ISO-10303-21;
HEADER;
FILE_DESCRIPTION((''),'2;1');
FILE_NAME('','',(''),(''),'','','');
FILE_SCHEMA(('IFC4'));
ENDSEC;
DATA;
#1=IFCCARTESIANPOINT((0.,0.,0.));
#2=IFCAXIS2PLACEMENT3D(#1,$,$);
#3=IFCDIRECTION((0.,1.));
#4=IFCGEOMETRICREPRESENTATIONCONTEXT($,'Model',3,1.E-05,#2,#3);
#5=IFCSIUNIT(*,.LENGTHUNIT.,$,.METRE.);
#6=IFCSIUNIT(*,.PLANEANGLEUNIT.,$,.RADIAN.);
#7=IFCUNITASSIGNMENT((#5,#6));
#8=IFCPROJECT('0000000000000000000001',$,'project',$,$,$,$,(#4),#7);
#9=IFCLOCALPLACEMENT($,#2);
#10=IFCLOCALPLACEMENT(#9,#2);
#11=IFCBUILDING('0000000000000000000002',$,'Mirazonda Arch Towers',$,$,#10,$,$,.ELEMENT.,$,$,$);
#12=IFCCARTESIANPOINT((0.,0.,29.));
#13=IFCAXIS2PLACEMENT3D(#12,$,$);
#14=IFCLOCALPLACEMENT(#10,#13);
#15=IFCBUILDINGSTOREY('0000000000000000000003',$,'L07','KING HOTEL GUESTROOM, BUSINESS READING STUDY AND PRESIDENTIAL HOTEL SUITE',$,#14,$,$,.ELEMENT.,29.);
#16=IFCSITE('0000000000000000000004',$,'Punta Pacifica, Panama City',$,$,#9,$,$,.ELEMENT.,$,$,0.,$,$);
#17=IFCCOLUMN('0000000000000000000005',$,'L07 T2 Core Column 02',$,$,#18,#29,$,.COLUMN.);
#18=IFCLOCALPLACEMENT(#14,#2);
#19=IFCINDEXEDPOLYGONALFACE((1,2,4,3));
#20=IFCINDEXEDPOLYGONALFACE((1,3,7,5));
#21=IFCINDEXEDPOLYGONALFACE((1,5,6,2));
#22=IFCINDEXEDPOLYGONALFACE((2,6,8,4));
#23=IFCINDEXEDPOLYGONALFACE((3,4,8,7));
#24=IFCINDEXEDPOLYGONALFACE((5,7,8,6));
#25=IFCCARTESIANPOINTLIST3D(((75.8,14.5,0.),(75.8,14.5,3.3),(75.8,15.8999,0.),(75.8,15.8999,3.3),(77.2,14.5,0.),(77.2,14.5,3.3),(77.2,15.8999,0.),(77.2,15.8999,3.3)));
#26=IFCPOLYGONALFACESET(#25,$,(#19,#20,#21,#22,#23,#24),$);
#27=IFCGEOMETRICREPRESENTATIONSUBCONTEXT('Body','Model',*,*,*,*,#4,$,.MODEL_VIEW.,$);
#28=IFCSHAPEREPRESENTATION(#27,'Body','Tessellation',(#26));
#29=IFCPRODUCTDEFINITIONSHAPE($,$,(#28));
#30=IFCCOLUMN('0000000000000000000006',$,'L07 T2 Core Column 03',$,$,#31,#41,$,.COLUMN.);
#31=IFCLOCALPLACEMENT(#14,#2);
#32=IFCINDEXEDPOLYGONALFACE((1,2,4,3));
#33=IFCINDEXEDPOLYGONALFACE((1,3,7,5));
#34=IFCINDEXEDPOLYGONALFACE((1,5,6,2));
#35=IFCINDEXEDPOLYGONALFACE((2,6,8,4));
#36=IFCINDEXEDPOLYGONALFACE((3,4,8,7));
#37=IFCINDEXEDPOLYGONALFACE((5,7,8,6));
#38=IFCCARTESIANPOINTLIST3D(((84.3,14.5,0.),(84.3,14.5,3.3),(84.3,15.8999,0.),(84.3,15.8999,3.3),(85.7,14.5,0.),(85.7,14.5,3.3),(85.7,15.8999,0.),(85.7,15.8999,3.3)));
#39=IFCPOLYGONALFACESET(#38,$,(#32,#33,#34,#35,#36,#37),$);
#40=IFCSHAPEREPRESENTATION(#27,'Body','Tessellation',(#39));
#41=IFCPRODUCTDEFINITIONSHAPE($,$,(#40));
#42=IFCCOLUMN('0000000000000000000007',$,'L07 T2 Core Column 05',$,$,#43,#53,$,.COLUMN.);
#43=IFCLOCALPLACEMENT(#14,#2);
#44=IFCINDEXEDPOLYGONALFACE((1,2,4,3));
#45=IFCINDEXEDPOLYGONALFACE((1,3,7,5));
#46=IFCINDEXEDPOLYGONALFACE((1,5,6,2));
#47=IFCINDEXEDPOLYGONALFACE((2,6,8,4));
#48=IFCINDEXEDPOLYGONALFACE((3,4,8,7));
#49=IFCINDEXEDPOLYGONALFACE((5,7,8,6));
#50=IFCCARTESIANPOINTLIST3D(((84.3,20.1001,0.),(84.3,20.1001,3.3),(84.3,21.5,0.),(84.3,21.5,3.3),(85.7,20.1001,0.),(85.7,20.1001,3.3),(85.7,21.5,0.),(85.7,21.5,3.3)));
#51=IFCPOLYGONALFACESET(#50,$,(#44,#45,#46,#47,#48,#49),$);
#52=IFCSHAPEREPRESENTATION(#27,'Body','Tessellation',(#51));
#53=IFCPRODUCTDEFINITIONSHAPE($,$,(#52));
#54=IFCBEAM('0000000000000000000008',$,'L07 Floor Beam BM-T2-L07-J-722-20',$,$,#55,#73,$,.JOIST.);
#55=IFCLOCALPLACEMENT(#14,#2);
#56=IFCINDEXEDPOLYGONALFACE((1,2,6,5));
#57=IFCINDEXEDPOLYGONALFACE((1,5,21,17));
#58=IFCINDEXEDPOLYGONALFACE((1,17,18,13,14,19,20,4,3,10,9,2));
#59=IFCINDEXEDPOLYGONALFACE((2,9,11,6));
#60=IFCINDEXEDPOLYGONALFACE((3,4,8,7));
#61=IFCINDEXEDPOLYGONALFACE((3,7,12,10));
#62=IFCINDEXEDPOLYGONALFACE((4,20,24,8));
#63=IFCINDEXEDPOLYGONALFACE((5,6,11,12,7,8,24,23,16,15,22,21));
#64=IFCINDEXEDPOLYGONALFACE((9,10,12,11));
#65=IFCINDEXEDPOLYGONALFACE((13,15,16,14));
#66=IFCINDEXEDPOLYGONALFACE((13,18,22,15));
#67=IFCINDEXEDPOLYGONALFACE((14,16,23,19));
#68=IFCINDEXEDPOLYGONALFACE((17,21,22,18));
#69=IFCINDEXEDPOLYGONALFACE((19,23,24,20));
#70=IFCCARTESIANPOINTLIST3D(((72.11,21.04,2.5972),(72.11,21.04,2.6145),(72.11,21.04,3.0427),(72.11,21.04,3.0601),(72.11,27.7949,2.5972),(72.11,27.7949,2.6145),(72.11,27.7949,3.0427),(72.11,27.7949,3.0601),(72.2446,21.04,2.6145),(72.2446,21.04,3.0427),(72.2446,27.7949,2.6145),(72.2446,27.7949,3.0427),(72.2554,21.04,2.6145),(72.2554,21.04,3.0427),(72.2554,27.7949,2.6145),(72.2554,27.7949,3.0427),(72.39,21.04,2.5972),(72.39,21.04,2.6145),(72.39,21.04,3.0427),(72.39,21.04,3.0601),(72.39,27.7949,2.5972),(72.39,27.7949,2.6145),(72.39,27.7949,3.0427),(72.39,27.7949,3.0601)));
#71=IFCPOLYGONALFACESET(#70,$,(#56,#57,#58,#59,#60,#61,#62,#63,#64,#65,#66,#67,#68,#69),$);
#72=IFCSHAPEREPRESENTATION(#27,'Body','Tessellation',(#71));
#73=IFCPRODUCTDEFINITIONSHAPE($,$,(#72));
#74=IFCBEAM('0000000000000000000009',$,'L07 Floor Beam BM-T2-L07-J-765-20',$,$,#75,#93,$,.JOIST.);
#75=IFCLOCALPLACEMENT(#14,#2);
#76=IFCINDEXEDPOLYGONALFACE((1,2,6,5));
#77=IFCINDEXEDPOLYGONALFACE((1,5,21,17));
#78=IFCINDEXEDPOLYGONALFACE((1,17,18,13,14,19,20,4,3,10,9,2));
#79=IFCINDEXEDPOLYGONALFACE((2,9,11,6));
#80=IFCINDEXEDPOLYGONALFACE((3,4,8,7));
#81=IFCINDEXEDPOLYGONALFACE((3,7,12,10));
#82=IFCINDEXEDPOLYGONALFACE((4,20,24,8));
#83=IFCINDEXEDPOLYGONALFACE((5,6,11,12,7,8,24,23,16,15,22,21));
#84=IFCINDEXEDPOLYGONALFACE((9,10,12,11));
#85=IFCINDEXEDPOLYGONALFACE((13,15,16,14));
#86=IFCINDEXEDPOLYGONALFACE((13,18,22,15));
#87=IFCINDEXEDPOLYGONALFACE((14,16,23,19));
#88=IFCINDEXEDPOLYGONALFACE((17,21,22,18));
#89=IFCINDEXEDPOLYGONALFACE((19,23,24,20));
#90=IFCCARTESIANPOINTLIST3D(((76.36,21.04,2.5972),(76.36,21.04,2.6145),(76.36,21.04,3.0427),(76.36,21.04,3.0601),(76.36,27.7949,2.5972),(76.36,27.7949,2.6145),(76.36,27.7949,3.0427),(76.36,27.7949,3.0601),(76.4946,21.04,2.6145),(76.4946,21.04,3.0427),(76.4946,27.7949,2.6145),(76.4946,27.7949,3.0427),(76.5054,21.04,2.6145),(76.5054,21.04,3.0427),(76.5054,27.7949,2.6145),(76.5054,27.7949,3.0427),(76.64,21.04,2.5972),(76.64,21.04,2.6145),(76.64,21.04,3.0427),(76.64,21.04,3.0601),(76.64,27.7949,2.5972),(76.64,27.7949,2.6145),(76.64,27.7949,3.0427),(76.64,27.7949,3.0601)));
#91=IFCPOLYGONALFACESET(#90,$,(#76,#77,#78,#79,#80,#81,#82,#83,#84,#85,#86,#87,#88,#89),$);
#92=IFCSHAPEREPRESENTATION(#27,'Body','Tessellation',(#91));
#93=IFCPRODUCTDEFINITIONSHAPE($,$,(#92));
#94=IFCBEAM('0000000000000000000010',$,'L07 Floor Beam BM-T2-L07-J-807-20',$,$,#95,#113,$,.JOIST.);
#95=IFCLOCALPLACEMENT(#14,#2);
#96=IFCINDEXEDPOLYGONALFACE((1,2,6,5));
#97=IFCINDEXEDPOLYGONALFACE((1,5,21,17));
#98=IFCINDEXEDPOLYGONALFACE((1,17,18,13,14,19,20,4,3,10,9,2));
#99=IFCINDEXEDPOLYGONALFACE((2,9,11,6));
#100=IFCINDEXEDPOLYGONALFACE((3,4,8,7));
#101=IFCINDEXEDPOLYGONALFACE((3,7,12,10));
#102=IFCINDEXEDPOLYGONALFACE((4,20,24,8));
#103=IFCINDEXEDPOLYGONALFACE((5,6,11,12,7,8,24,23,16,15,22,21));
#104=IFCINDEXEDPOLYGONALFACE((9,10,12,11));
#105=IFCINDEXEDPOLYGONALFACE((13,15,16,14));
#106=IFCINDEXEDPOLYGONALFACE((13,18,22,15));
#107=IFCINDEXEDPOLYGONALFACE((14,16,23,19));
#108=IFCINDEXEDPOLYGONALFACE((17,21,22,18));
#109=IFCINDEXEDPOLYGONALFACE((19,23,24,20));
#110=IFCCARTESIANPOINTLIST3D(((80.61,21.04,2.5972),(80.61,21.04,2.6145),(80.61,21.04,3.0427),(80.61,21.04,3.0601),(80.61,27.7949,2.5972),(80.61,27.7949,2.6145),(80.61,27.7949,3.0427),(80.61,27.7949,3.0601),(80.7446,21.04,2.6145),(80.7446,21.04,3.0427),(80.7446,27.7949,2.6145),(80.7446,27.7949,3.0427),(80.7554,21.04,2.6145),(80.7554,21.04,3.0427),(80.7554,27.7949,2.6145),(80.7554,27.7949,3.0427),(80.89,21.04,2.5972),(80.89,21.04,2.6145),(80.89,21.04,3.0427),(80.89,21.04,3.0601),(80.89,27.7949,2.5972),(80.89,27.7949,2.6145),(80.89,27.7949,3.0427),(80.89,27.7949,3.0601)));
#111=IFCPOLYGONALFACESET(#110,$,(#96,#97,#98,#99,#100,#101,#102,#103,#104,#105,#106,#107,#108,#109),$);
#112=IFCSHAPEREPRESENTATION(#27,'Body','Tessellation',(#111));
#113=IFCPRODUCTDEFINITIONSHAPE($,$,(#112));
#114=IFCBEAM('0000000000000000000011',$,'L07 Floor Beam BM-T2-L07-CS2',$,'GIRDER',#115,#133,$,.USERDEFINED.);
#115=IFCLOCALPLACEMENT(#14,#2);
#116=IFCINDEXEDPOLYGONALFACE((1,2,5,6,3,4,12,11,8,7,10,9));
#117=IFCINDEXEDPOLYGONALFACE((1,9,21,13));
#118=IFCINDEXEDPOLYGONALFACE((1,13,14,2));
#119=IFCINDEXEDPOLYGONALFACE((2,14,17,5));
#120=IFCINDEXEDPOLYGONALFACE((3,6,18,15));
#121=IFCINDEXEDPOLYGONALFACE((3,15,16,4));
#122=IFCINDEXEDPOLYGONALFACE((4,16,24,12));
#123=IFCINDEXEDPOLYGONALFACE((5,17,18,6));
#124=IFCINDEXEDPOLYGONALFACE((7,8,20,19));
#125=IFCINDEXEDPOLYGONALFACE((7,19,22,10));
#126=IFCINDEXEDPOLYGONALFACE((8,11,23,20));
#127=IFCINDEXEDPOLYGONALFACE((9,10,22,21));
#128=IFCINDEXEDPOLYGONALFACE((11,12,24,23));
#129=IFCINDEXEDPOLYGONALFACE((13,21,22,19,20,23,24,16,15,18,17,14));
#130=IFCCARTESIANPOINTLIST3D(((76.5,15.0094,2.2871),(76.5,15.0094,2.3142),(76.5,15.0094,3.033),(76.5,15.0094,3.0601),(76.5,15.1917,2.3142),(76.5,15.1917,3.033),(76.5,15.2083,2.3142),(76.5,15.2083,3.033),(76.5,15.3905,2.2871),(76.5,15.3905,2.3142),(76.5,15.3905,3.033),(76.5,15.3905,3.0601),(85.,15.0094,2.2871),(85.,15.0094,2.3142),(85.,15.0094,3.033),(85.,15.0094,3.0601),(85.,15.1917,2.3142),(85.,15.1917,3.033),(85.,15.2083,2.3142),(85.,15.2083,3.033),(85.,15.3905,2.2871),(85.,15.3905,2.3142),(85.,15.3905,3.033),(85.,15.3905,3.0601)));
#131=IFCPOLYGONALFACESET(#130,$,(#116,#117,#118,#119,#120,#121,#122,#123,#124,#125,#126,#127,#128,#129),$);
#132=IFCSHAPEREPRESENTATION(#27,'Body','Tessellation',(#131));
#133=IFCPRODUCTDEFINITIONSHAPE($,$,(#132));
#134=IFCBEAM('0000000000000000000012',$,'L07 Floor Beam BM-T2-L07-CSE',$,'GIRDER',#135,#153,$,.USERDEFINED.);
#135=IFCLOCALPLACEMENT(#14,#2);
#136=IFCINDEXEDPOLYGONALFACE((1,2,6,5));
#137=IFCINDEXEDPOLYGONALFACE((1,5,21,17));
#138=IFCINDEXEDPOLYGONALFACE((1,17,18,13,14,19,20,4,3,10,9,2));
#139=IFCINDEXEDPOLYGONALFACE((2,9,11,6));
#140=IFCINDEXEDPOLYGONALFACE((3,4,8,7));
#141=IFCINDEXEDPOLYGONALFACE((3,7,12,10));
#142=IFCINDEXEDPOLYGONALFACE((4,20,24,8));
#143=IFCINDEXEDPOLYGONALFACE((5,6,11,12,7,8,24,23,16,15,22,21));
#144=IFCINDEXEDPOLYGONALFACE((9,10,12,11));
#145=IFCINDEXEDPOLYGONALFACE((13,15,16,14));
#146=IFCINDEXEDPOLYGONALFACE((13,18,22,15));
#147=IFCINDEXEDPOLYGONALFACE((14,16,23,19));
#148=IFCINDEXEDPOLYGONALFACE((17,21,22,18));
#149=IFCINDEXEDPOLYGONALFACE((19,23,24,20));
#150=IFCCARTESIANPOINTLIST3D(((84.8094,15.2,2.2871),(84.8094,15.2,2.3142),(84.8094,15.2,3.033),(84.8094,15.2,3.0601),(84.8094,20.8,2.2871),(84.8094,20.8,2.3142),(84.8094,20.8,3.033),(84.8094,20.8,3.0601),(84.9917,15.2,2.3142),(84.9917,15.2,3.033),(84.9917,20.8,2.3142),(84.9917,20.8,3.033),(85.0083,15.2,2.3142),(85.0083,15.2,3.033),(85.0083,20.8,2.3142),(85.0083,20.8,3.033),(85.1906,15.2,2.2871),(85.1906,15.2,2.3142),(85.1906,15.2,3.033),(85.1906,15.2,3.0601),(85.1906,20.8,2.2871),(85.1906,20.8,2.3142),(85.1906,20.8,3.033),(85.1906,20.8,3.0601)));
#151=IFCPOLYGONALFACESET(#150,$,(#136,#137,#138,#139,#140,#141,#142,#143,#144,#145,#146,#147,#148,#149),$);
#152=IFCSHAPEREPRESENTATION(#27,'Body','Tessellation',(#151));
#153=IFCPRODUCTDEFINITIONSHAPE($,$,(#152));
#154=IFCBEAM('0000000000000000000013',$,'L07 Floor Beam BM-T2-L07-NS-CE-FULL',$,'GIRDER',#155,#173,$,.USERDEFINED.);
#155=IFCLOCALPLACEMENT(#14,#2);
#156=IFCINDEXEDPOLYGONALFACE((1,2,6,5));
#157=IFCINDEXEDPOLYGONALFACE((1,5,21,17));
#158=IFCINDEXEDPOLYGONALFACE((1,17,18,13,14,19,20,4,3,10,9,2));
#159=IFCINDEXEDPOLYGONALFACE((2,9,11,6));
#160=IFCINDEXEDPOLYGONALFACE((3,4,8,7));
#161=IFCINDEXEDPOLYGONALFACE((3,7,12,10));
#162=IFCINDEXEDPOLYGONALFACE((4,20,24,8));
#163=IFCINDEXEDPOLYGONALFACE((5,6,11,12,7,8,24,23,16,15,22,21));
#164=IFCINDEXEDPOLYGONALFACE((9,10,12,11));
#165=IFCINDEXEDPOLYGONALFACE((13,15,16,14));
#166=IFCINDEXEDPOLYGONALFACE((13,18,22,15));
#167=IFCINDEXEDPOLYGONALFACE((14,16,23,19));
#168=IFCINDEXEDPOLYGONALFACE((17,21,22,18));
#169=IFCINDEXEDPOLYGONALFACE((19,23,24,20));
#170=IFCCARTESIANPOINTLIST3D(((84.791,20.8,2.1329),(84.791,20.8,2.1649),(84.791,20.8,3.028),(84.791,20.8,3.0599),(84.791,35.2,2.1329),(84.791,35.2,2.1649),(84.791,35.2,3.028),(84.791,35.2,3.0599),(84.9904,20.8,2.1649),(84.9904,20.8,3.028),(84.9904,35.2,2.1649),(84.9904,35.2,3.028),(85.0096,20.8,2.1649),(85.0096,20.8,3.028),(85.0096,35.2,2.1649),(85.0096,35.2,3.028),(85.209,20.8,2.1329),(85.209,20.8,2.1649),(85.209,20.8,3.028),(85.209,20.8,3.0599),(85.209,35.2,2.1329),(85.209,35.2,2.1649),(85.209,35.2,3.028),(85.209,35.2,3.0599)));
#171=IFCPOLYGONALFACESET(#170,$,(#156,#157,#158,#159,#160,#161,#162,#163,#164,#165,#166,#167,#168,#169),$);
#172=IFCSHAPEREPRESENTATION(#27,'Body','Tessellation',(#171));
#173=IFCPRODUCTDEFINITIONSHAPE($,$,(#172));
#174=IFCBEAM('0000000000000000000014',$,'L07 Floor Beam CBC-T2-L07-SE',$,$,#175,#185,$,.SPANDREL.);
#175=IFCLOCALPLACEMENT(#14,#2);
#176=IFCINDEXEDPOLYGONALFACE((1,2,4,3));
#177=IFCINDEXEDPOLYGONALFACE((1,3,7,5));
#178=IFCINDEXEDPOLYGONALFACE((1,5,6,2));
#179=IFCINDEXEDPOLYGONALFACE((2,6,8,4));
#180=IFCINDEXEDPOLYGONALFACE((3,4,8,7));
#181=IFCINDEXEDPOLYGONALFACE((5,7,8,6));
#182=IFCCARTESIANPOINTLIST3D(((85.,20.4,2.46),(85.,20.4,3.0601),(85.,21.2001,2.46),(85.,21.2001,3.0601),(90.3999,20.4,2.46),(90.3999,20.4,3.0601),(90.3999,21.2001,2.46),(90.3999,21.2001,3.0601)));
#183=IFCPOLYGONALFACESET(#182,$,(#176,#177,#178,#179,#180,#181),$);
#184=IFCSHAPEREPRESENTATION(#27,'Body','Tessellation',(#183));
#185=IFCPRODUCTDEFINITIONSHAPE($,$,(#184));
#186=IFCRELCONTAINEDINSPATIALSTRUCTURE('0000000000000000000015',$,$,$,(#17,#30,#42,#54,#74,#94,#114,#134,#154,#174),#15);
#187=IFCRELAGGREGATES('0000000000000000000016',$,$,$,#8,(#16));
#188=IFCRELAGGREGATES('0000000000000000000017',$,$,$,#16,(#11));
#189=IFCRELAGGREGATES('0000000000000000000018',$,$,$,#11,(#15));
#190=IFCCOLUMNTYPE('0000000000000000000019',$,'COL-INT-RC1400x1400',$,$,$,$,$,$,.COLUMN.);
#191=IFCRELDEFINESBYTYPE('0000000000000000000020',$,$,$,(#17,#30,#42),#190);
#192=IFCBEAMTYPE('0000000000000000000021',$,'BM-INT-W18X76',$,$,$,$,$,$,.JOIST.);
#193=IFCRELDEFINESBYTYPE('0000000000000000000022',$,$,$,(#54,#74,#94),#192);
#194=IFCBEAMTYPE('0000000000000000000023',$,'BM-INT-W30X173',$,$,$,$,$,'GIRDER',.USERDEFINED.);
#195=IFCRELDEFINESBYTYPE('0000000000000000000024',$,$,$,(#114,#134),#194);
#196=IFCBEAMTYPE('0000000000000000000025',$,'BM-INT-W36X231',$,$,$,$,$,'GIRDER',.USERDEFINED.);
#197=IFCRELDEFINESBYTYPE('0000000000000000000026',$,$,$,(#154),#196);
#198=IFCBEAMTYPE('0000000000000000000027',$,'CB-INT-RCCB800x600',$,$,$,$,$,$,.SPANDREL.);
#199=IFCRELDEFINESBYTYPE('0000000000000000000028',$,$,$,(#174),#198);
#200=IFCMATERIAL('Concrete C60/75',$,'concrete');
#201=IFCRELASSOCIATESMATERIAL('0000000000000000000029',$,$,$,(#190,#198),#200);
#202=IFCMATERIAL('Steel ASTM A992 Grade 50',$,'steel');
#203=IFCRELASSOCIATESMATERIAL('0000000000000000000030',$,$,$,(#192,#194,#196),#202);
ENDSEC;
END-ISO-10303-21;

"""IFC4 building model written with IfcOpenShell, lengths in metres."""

from ifc_helpers import new_model, si_unit, direction, frame, origin, origin_2d, place, context, subcontext, project, spatial, rectangle, i_section, extrude, material, material_profile, profile_set, type_object, element, save


model = new_model("IFC4")

# Units and contexts
model_context = context("Model", 3, precision=1e-05, world=origin(), true_north=direction((0.0, 1.0)))
body_context = subcontext(model_context, "Body", "Model", "MODEL_VIEW")
ifc_project = project(units=[si_unit("LENGTHUNIT", "METRE"), si_unit("PLANEANGLEUNIT", "RADIAN")], contexts=[model_context])

# Site, building, storey
site_placement = place(None, origin())
site = spatial("IfcSite", under=ifc_project, at=site_placement, Name="Punta Pacifica, Panama City", CompositionType="ELEMENT", RefElevation=0.0)
building_placement = place(site_placement, origin())
building = spatial("IfcBuilding", under=site, at=building_placement, Name="Mirazonda Arch Towers", CompositionType="ELEMENT")
storey_placement = place(building_placement, frame((0.0, 0.0, 29.0)))
storey = spatial("IfcBuildingStorey", under=building, at=storey_placement, Name="L07", Description="KING HOTEL GUESTROOM, BUSINESS READING STUDY AND PRESIDENTIAL HOTEL SUITE", CompositionType="ELEMENT", Elevation=29.0)

# Columns
ifc_material_1 = material(Name="Concrete C60/75", Category="concrete")
ifc_material_profile_1 = material_profile(ifc_material_1, rectangle(XDim=1.3999, YDim=1.3999, at=origin_2d()), Name="RC1400x1400")
ifc_profile_set_1 = profile_set([ifc_material_profile_1], Name="Concrete C60/75")
column_type = type_object("IfcColumnType", Name="COL-INT-RC1400x1400", PredefinedType="COLUMN", material=ifc_profile_set_1)
for number, where, z_axis, x_axis, name in (
    (1, (76.5, 15.2, 0.0), (0.0, 0.0, 1.0), (1.0, 0.0, 0.0), "L07 T2 Core Column 02"),
    (2, (85.0, 15.2, 0.0), (0.0, 0.0, 1.0), (1.0, 0.0, 0.0), "L07 T2 Core Column 03"),
    (3, (85.0, 20.8, 0.0), (0.0, 0.0, 1.0), (1.0, 0.0, 0.0), "L07 T2 Core Column 05"),
):
    element("IfcColumn", number, at=place(storey_placement, frame(where, z_axis=z_axis, x_axis=x_axis)), inside=storey, type_object=column_type, Name=name, PredefinedType="COLUMN", context=body_context, shape_type="SweptSolid", body=[
        extrude(rectangle(XDim=1.3999, YDim=1.3999, at=origin_2d()), origin(), (0.0, 0.0, 1.0), 3.3),
    ])

# Beams
ifc_material_2 = material(Name="Steel ASTM A992 Grade 50", Category="steel")
ifc_material_profile_2 = material_profile(ifc_material_2, i_section(OverallWidth=0.28, OverallDepth=0.4629, WebThickness=0.0107, FlangeThickness=0.0173, at=origin_2d()), Name="W18X76")
ifc_profile_set_2 = profile_set([ifc_material_profile_2], Name="Steel ASTM A992 Grade 50")
beam_type_1 = type_object("IfcBeamType", Name="BM-INT-W18X76", PredefinedType="JOIST", material=ifc_profile_set_2)
for number, where, z_axis, x_axis, name in (
    (4, (72.25, 21.04, 2.8286), (0.0, 1.0, 0.0), (-1.0, 0.0, 0.0), "L07 Floor Beam BM-T2-L07-J-722-20"),
    (5, (76.5, 21.04, 2.8286), (0.0, 1.0, 0.0), (-1.0, 0.0, 0.0), "L07 Floor Beam BM-T2-L07-J-765-20"),
    (6, (80.75, 21.04, 2.8286), (0.0, 1.0, 0.0), (-1.0, 0.0, 0.0), "L07 Floor Beam BM-T2-L07-J-807-20"),
):
    element("IfcBeam", number, at=place(storey_placement, frame(where, z_axis=z_axis, x_axis=x_axis)), inside=storey, type_object=beam_type_1, Name=name, PredefinedType="JOIST", context=body_context, shape_type="SweptSolid", body=[
        extrude(i_section(OverallWidth=0.28, OverallDepth=0.4629, WebThickness=0.0107, FlangeThickness=0.0173, at=origin_2d()), origin(), (0.0, 0.0, 1.0), 6.7549),
    ])
ifc_material_profile_3 = material_profile(ifc_material_2, i_section(OverallWidth=0.3811, OverallDepth=0.7729, WebThickness=0.0166, FlangeThickness=0.0271, at=origin_2d()), Name="W30X173")
ifc_profile_set_3 = profile_set([ifc_material_profile_3], Name="Steel ASTM A992 Grade 50")
beam_type_2 = type_object("IfcBeamType", Name="BM-INT-W30X173", ElementType="GIRDER", PredefinedType="USERDEFINED", material=ifc_profile_set_3)
beam_1_placement = place(storey_placement, frame((76.5, 15.2, 2.6736), z_axis=(1.0, 0.0, 0.0), x_axis=(0.0, 1.0, 0.0)))
element("IfcBeam", 7, at=beam_1_placement, inside=storey, type_object=beam_type_2, Name="L07 Floor Beam BM-T2-L07-CS2", ObjectType="GIRDER", PredefinedType="USERDEFINED", context=body_context, shape_type="SweptSolid", body=[
    extrude(i_section(OverallWidth=0.3811, OverallDepth=0.7729, WebThickness=0.0166, FlangeThickness=0.0271, at=origin_2d()), origin(), (0.0, 0.0, 1.0), 8.5),
])
beam_2_placement = place(storey_placement, frame((85.0, 15.2, 2.6736), z_axis=(0.0, 1.0, 0.0), x_axis=(-1.0, 0.0, 0.0)))
element("IfcBeam", 8, at=beam_2_placement, inside=storey, type_object=beam_type_2, Name="L07 Floor Beam BM-T2-L07-CSE", ObjectType="GIRDER", PredefinedType="USERDEFINED", context=body_context, shape_type="SweptSolid", body=[
    extrude(i_section(OverallWidth=0.3811, OverallDepth=0.7729, WebThickness=0.0166, FlangeThickness=0.0271, at=origin_2d()), origin(), (0.0, 0.0, 1.0), 5.6001),
])
ifc_material_profile_4 = material_profile(ifc_material_2, i_section(OverallWidth=0.418, OverallDepth=0.927, WebThickness=0.0193, FlangeThickness=0.032, at=origin_2d()), Name="W36X231")
ifc_profile_set_4 = profile_set([ifc_material_profile_4], Name="Steel ASTM A992 Grade 50")
beam_type_3 = type_object("IfcBeamType", Name="BM-INT-W36X231", ElementType="GIRDER", PredefinedType="USERDEFINED", material=ifc_profile_set_4)
beam_3_placement = place(storey_placement, frame((85.0, 20.8, 2.5964), z_axis=(0.0, 1.0, 0.0), x_axis=(-1.0, 0.0, 0.0)))
element("IfcBeam", 9, at=beam_3_placement, inside=storey, type_object=beam_type_3, Name="L07 Floor Beam BM-T2-L07-NS-CE-FULL", ObjectType="GIRDER", PredefinedType="USERDEFINED", context=body_context, shape_type="SweptSolid", body=[
    extrude(i_section(OverallWidth=0.418, OverallDepth=0.927, WebThickness=0.0193, FlangeThickness=0.032, at=origin_2d()), origin(), (0.0, 0.0, 1.0), 14.3999),
])
ifc_material_profile_5 = material_profile(ifc_material_1, rectangle(XDim=0.8, YDim=0.6001, at=origin_2d()), Name="RCCB800x600")
ifc_profile_set_5 = profile_set([ifc_material_profile_5], Name="Concrete C60/75")
beam_type_4 = type_object("IfcBeamType", Name="CB-INT-RCCB800x600", PredefinedType="SPANDREL", material=ifc_profile_set_5)
beam_4_placement = place(storey_placement, frame((85.0, 20.8, 2.76), z_axis=(1.0, 0.0, 0.0), x_axis=(0.0, 1.0, 0.0)))
element("IfcBeam", 10, at=beam_4_placement, inside=storey, type_object=beam_type_4, Name="L07 Floor Beam CBC-T2-L07-SE", PredefinedType="SPANDREL", context=body_context, shape_type="SweptSolid", body=[
    extrude(rectangle(XDim=0.8, YDim=0.6001, at=origin_2d()), origin(), (0.0, 0.0, 1.0), 5.3999),
])

save(model, "model.ifc")
